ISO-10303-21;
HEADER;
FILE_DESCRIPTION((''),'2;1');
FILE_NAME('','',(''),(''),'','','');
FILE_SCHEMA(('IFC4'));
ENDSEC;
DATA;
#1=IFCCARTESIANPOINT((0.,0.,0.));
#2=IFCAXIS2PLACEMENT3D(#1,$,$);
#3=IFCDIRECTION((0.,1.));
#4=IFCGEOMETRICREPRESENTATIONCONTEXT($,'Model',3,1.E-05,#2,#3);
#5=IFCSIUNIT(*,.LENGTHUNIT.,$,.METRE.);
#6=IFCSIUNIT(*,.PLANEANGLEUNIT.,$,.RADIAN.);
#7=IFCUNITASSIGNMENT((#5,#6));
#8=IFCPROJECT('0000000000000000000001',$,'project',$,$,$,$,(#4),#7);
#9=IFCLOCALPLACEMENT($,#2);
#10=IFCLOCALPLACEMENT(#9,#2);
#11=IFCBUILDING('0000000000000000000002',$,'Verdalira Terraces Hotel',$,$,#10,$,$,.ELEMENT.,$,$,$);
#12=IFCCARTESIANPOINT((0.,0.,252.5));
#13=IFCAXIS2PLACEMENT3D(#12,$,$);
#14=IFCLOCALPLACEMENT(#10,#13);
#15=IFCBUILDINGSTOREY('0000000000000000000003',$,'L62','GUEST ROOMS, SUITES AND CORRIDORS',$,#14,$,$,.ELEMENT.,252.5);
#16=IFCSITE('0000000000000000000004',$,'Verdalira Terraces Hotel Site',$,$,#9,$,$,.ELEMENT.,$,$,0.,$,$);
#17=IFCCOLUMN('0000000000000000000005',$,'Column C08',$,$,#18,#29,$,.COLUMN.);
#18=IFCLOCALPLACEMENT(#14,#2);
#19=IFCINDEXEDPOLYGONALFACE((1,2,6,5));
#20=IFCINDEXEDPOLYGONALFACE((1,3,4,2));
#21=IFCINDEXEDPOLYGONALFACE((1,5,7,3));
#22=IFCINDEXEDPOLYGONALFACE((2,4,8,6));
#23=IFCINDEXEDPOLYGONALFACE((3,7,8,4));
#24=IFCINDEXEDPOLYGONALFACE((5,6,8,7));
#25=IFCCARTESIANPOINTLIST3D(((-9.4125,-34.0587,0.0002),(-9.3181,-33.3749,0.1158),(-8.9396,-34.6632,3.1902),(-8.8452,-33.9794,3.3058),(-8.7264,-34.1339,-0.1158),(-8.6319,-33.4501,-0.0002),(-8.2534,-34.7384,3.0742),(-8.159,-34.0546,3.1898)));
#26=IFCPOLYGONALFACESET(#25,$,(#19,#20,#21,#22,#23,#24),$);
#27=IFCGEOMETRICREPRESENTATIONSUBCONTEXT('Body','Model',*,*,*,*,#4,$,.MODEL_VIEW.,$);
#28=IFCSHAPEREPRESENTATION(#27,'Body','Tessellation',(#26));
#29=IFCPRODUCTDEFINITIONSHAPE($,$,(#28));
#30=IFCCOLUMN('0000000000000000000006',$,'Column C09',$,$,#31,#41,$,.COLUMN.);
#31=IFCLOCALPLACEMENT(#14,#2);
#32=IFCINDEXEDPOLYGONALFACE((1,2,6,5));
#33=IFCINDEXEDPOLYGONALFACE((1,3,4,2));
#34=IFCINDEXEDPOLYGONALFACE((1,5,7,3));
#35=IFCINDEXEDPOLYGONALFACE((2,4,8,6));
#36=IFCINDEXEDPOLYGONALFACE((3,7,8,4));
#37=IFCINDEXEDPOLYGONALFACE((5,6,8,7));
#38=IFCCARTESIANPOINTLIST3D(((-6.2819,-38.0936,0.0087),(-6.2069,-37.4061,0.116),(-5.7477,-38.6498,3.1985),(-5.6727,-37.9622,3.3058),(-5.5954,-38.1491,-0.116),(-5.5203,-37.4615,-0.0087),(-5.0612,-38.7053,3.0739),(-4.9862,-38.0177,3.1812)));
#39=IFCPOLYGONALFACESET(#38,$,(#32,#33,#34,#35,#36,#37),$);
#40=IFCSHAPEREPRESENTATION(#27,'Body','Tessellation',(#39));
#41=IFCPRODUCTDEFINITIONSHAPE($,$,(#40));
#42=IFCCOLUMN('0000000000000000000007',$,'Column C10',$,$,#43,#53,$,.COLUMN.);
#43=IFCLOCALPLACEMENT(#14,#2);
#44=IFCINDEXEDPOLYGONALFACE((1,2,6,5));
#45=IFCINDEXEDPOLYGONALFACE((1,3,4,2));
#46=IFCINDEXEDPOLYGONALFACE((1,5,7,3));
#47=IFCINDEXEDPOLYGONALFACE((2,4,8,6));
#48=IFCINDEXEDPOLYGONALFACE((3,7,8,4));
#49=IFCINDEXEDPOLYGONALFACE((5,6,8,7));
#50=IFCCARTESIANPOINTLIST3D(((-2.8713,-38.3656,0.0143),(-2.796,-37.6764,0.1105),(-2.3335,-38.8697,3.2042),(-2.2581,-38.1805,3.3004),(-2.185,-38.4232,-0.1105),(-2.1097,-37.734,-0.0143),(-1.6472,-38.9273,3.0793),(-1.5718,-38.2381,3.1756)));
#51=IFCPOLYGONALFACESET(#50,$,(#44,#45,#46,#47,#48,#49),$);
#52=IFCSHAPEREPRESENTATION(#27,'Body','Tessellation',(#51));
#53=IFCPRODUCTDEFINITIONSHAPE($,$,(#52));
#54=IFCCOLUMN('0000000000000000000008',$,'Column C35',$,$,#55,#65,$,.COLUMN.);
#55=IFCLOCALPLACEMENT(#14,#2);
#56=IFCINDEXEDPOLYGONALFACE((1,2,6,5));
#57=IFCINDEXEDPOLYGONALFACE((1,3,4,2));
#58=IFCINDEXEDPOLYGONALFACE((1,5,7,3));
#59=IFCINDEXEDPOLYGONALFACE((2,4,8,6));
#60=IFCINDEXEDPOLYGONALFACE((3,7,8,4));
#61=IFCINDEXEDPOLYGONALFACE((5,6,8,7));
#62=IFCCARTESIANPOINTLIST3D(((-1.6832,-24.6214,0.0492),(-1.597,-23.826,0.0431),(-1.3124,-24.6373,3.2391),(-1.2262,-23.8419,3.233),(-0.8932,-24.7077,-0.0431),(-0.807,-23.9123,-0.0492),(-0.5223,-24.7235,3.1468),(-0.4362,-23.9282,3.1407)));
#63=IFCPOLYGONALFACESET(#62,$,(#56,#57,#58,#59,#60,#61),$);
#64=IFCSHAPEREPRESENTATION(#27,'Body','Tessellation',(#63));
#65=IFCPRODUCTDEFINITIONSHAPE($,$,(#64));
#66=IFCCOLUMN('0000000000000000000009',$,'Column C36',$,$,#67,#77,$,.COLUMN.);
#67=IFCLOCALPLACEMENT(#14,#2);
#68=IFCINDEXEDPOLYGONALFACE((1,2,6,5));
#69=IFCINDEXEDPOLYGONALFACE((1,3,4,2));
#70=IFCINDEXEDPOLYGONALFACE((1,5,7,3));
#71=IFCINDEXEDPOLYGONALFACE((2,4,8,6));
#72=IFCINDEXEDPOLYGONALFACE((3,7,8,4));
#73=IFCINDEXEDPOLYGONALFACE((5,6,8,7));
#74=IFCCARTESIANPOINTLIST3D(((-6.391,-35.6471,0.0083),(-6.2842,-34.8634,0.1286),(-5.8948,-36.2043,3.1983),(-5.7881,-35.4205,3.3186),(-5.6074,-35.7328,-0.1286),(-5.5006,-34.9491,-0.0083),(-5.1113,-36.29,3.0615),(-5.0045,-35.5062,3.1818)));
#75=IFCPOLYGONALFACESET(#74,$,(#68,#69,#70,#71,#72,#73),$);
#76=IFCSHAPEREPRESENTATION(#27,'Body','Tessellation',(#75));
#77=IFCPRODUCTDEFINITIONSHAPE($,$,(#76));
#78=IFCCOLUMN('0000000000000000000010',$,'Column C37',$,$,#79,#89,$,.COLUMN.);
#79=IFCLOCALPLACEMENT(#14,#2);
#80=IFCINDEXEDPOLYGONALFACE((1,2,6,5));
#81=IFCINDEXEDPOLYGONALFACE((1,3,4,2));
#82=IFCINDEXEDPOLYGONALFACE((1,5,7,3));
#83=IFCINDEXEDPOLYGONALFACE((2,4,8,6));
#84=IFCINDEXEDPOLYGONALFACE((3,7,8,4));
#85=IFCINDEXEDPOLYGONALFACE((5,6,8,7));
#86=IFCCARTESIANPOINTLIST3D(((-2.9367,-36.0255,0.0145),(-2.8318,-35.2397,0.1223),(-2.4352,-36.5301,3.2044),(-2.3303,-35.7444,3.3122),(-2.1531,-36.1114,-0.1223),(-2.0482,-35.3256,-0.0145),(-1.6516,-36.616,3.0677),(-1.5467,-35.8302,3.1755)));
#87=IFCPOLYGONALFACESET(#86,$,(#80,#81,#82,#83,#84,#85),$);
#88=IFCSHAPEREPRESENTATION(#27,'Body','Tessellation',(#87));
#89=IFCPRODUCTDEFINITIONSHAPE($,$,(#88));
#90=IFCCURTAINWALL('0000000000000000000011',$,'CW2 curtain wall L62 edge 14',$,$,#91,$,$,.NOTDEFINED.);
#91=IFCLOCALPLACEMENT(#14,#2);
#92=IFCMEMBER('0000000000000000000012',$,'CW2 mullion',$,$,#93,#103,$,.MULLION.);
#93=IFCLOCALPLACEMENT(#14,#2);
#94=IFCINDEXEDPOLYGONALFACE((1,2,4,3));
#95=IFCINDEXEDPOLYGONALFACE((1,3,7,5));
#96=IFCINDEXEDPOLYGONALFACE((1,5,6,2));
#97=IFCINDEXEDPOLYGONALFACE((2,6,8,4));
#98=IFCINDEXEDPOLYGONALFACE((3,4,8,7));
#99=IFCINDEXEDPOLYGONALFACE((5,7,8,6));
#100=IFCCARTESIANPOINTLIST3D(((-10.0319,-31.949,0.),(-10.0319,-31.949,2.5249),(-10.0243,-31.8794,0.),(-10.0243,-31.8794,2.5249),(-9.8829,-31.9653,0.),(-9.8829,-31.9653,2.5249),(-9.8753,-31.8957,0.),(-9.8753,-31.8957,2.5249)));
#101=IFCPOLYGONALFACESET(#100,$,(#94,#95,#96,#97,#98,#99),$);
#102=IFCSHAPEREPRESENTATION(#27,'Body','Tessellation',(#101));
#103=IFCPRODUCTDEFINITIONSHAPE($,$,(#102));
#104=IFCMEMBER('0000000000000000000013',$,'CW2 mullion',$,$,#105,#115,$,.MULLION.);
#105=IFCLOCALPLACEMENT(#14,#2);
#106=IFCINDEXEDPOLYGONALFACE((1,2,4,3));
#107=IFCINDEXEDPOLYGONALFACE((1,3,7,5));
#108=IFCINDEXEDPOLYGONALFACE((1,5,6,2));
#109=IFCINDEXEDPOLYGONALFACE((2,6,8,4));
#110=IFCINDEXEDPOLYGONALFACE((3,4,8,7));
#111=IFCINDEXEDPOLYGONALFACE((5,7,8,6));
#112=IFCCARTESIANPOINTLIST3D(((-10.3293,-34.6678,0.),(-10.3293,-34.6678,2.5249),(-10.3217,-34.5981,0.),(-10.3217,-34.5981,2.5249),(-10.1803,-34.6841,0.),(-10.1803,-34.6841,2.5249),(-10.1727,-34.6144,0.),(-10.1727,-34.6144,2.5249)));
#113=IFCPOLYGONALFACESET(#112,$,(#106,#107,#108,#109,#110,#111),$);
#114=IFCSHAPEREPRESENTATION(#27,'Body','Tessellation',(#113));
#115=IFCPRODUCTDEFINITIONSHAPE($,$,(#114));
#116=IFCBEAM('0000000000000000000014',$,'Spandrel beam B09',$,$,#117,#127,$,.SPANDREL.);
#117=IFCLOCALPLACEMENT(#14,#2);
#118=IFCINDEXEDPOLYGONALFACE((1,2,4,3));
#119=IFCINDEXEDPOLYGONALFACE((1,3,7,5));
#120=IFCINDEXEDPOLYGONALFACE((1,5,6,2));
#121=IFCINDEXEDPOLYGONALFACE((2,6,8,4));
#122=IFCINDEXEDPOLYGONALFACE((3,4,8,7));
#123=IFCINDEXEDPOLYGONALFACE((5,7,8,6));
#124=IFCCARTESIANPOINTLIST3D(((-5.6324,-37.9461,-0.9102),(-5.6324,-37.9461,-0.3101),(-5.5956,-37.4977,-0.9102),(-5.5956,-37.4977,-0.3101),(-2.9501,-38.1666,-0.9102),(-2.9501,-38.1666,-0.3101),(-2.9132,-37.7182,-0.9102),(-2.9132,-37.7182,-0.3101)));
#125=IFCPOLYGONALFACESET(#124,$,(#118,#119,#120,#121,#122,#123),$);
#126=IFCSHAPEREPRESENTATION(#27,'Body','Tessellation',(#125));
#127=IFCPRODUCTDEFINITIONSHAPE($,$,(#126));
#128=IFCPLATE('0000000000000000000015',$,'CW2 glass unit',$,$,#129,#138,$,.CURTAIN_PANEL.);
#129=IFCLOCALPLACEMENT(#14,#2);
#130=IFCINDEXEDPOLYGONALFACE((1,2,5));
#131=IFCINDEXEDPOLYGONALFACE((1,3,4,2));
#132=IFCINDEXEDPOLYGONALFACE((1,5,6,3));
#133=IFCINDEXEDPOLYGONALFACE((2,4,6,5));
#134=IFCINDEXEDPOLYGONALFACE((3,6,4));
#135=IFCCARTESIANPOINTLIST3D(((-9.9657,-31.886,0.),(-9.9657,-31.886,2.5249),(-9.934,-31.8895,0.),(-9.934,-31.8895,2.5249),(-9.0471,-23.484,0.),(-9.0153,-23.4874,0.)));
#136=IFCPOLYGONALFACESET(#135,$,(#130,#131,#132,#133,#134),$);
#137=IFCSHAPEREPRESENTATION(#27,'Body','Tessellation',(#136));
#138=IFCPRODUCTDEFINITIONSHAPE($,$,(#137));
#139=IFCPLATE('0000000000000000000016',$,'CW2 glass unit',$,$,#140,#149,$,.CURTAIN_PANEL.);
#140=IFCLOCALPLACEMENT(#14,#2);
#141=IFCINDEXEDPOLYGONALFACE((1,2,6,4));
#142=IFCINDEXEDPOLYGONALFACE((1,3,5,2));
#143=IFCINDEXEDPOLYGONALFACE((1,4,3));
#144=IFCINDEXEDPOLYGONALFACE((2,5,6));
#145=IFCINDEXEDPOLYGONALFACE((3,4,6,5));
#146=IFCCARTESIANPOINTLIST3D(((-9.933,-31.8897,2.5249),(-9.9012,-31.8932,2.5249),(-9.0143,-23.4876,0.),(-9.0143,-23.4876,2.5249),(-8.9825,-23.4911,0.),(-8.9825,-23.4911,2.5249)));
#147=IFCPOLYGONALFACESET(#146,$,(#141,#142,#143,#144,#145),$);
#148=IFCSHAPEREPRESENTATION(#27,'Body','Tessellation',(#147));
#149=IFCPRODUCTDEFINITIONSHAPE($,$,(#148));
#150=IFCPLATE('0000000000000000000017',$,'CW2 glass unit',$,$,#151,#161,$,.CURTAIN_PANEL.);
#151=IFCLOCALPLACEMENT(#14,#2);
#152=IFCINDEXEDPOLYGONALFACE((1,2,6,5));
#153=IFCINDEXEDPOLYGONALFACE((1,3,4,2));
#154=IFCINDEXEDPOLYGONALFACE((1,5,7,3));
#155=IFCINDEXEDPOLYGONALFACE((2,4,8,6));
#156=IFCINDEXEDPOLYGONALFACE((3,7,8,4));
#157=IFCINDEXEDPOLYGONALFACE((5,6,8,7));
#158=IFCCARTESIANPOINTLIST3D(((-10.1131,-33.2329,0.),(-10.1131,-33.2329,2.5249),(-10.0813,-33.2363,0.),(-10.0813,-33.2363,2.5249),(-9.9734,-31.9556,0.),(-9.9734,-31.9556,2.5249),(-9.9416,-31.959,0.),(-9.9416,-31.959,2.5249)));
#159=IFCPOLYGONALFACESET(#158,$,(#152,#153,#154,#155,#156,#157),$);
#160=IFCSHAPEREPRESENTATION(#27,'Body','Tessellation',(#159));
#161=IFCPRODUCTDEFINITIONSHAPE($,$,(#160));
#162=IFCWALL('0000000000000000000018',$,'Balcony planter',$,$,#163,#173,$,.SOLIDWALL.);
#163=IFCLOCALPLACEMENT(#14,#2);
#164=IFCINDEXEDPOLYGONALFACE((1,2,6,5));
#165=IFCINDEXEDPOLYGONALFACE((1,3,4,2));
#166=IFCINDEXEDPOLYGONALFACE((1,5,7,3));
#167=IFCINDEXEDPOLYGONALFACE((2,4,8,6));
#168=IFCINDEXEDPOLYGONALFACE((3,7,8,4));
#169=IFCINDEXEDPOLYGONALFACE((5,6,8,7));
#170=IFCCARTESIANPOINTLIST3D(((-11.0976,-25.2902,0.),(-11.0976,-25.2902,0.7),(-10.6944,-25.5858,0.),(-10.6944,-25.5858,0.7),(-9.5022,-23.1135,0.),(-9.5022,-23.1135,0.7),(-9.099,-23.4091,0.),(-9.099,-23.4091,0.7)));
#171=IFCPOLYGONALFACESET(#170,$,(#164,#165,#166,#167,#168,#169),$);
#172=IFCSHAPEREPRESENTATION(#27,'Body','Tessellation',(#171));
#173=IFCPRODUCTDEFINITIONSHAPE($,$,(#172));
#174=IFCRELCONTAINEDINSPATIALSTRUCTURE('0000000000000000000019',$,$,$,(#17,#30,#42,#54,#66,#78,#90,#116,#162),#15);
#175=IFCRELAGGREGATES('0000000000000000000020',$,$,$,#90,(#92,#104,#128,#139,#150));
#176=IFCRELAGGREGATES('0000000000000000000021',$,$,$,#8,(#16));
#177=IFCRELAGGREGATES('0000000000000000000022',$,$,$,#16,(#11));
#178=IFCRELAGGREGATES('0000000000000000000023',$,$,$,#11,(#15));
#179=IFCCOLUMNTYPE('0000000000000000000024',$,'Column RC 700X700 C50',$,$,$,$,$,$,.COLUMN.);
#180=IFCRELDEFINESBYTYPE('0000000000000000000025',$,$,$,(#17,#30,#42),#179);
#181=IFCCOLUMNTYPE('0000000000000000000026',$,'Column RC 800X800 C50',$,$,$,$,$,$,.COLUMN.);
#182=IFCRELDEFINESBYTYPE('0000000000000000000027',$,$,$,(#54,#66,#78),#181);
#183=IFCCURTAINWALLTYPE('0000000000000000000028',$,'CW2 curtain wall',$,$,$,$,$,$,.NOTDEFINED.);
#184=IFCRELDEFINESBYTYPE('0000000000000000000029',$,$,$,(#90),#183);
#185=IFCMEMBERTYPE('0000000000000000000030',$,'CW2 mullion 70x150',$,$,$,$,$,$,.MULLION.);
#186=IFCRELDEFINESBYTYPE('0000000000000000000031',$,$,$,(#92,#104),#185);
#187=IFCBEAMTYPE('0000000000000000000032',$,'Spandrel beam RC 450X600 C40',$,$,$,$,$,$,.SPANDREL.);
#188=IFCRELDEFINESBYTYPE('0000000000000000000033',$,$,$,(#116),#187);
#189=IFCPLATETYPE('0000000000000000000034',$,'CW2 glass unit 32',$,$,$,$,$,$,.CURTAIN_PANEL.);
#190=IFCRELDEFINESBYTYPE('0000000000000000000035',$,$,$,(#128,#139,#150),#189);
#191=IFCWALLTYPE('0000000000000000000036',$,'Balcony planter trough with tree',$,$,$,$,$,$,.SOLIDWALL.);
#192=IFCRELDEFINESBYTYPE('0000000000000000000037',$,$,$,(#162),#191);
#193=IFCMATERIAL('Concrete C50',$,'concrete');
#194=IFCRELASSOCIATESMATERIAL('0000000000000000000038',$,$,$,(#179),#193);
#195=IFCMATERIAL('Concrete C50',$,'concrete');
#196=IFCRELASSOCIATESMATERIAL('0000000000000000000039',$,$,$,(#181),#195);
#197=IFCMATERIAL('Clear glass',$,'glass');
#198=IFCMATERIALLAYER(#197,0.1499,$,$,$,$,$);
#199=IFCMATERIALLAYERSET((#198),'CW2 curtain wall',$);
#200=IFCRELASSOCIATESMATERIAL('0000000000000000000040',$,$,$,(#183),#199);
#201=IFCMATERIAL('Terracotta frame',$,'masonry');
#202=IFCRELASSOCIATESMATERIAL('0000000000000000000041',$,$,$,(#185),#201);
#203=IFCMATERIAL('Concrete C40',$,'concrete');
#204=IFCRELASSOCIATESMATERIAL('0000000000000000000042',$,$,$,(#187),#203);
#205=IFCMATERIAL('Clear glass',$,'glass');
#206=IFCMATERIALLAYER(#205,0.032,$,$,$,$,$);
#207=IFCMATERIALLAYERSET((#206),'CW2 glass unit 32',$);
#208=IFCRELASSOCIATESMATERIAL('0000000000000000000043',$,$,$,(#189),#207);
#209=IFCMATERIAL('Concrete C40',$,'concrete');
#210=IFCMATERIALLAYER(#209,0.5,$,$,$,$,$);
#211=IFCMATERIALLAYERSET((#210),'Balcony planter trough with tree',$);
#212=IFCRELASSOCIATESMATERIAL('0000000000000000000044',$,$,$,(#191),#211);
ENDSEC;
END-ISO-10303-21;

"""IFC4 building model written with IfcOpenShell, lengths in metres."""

from ifc_helpers import new_model, si_unit, direction, frame, frame_2d, origin, origin_2d, place, context, subcontext, project, spatial, polyline, rectangle, outline, extrude, material, layer, layer_set, material_profile, profile_set, type_object, element, aggregate, save


model = new_model("IFC4")

# Units and contexts
model_context = context("Model", 3, precision=1e-05, world=origin(), true_north=direction((0.0, 1.0)))
body_context = subcontext(model_context, "Body", "Model", "MODEL_VIEW")
ifc_project = project(units=[si_unit("LENGTHUNIT", "METRE"), si_unit("PLANEANGLEUNIT", "RADIAN")], contexts=[model_context])

# Site, building, storey
site_placement = place(None, origin())
site = spatial("IfcSite", under=ifc_project, at=site_placement, Name="Verdalira Terraces Hotel Site", CompositionType="ELEMENT", RefElevation=0.0)
building_placement = place(site_placement, origin())
building = spatial("IfcBuilding", under=site, at=building_placement, Name="Verdalira Terraces Hotel", CompositionType="ELEMENT")
storey_placement = place(building_placement, frame((0.0, 0.0, 252.5)))
storey = spatial("IfcBuildingStorey", under=building, at=storey_placement, Name="L62", Description="GUEST ROOMS, SUITES AND CORRIDORS", CompositionType="ELEMENT", Elevation=252.5)

# Columns
ifc_material_1 = material(Name="Concrete C50", Category="concrete")
ifc_material_profile_1 = material_profile(ifc_material_1, rectangle(XDim=0.7, YDim=0.7, at=origin_2d()), Name="RC 700X700")
ifc_profile_set_1 = profile_set([ifc_material_profile_1], Name="Concrete C50")
column_type_1 = type_object("IfcColumnType", Name="Column RC 700X700 C50", PredefinedType="COLUMN", material=ifc_profile_set_1)
column_1_placement = place(storey_placement, frame((-9.0222, -33.7544, 0.0), z_axis=(0.144134, -0.184242, 0.972255), x_axis=(-0.134937, -0.976996, -0.165136)))
element("IfcColumn", 1, at=column_1_placement, inside=storey, type_object=column_type_1, Name="Column C08", PredefinedType="COLUMN", context=body_context, shape_type="SweptSolid", body=[
    extrude(rectangle(XDim=0.7, YDim=0.7, at=origin_2d()), origin(), (0.0, 0.0, 1.0), 3.281),
])
column_2_placement = place(storey_placement, frame((-5.9011, -37.7776, 0.0), z_axis=(0.162769, -0.169464, 0.972002), x_axis=(0.980821, -0.079268, -0.178066)))
element("IfcColumn", 2, at=column_2_placement, inside=storey, type_object=column_type_1, Name="Column C09", PredefinedType="COLUMN", context=body_context, shape_type="SweptSolid", body=[
    extrude(rectangle(XDim=0.7, YDim=0.7, at=origin_2d()), origin(), (0.0, 0.0, 1.0), 3.2817),
])
column_3_placement = place(storey_placement, frame((-2.4905, -38.0498, 0.0), z_axis=(0.164276, -0.153985, 0.974321), x_axis=(0.980524, -0.082288, -0.178327)))
element("IfcColumn", 3, at=column_3_placement, inside=storey, type_object=column_type_1, Name="Column C10", PredefinedType="COLUMN", context=body_context, shape_type="SweptSolid", body=[
    extrude(rectangle(XDim=0.7, YDim=0.7, at=origin_2d()), origin(), (0.0, 0.0, 1.0), 3.2739),
])
ifc_material_2 = material(Name="Concrete C50", Category="concrete")
ifc_material_profile_2 = material_profile(ifc_material_2, rectangle(XDim=0.8, YDim=0.8, at=origin_2d()), Name="RC 800X800")
ifc_profile_set_2 = profile_set([ifc_material_profile_2], Name="Concrete C50")
column_type_2 = type_object("IfcColumnType", Name="Column RC 800X800 C50", PredefinedType="COLUMN", material=ifc_profile_set_2)
column_4_placement = place(storey_placement, frame((-1.2451, -24.2668, 0.0), z_axis=(0.115477, -0.004941, 0.993298), x_axis=(-0.107699, -0.994155, 0.007575)))
element("IfcColumn", 4, at=column_4_placement, inside=storey, type_object=column_type_2, Name="Column C35", PredefinedType="COLUMN", context=body_context, shape_type="SweptSolid", body=[
    extrude(rectangle(XDim=0.8, YDim=0.8, at=origin_2d()), origin(), (0.0, 0.0, 1.0), 3.2114),
])
column_5_placement = place(storey_placement, frame((-5.9458, -35.2981, 0.0), z_axis=(0.151432, -0.170063, 0.973728), x_axis=(-0.133386, -0.979594, -0.150344)))
element("IfcColumn", 5, at=column_5_placement, inside=storey, type_object=column_type_2, Name="Column C36", PredefinedType="COLUMN", context=body_context, shape_type="SweptSolid", body=[
    extrude(rectangle(XDim=0.8, YDim=0.8, at=origin_2d()), origin(), (0.0, 0.0, 1.0), 3.2761),
])
column_6_placement = place(storey_placement, frame((-2.4924, -35.6755, 0.0), z_axis=(0.153432, -0.154404, 0.976022), x_axis=(-0.131152, -0.982161, -0.134757)))
element("IfcColumn", 6, at=column_6_placement, inside=storey, type_object=column_type_2, Name="Column C37", PredefinedType="COLUMN", context=body_context, shape_type="SweptSolid", body=[
    extrude(rectangle(XDim=0.8, YDim=0.8, at=origin_2d()), origin(), (0.0, 0.0, 1.0), 3.2683),
])

# Curtain wall, members
ifc_material_3 = material(Name="Clear glass", Category="glass")
ifc_layer_1 = layer(ifc_material_3, 0.1499)
ifc_layer_set_1 = layer_set([ifc_layer_1], Name="CW2 curtain wall")
curtain_wall_type = type_object("IfcCurtainWallType", Name="CW2 curtain wall", PredefinedType="NOTDEFINED", material=ifc_layer_set_1)
curtain_wall_placement = place(storey_placement, origin())
curtain_wall = element("IfcCurtainWall", 7, at=curtain_wall_placement, inside=storey, type_object=curtain_wall_type, Name="CW2 curtain wall L62 edge 14", PredefinedType="NOTDEFINED")
ifc_material_4 = material(Name="Terracotta frame", Category="masonry")
ifc_material_profile_3 = material_profile(ifc_material_4, rectangle(XDim=0.0701, YDim=0.1499, at=origin_2d()), Name="MU 70x150")
ifc_profile_set_3 = profile_set([ifc_material_profile_3], Name="Terracotta frame")
member_type = type_object("IfcMemberType", Name="CW2 mullion 70x150", PredefinedType="MULLION", material=ifc_profile_set_3)
member_1_placement = place(storey_placement, frame((-9.9536, -31.9224, 0.0), z_axis=(0.0, 0.0, 1.0), x_axis=(-0.108693, -0.994075, 0.0)))
member_1 = element("IfcMember", 8, at=member_1_placement, type_object=member_type, Name="CW2 mullion", PredefinedType="MULLION", context=body_context, shape_type="SweptSolid", body=[
    extrude(rectangle(XDim=0.0701, YDim=0.1499, at=origin_2d()), origin(), (0.0, 0.0, 1.0), 2.5249),
])
member_2_placement = place(storey_placement, frame((-10.251, -34.6411, 0.0), z_axis=(0.0, 0.0, 1.0), x_axis=(-0.108693, -0.994075, 0.0)))
member_2 = element("IfcMember", 9, at=member_2_placement, type_object=member_type, Name="CW2 mullion", PredefinedType="MULLION", context=body_context, shape_type="SweptSolid", body=[
    extrude(rectangle(XDim=0.0701, YDim=0.1499, at=origin_2d()), origin(), (0.0, 0.0, 1.0), 2.5249),
])

# Beam
ifc_material_5 = material(Name="Concrete C40", Category="concrete")
ifc_material_profile_4 = material_profile(ifc_material_5, rectangle(XDim=0.45, YDim=0.6001, at=origin_2d()), Name="RC 450X600")
ifc_profile_set_4 = profile_set([ifc_material_profile_4], Name="Concrete C40")
beam_type = type_object("IfcBeamType", Name="Spandrel beam RC 450X600 C40", PredefinedType="SPANDREL", material=ifc_profile_set_4)
beam_placement = place(storey_placement, frame((-5.614, -37.7219, -0.6101), z_axis=(0.99664, -0.081912, 0.0), x_axis=(0.081912, 0.99664, 0.0)))
element("IfcBeam", 10, at=beam_placement, inside=storey, type_object=beam_type, Name="Spandrel beam B09", PredefinedType="SPANDREL", context=body_context, shape_type="SweptSolid", body=[
    extrude(rectangle(XDim=0.45, YDim=0.6001, at=origin_2d()), origin(), (0.0, 0.0, 1.0), 2.6914),
])

# Plates
ifc_material_6 = material(Name="Clear glass", Category="glass")
ifc_layer_2 = layer(ifc_material_6, 0.032)
ifc_layer_set_2 = layer_set([ifc_layer_2], Name="CW2 glass unit 32")
plate_type = type_object("IfcPlateType", Name="CW2 glass unit 32", PredefinedType="CURTAIN_PANEL", material=ifc_layer_set_2)
plate_1_placement = place(storey_placement, frame((-9.4746, -27.6885, 1.2625), z_axis=(-0.994075, 0.108693, 0.0), x_axis=(-0.108693, -0.994075, 0.0)))
plate_1 = element("IfcPlate", 11, at=plate_1_placement, type_object=plate_type, Name="CW2 glass unit", PredefinedType="CURTAIN_PANEL", context=body_context, shape_type="SweptSolid", body=[
    extrude(outline(polyline([(-4.2261, -1.2625), (4.2261, -1.2625), (4.2261, 1.2625), (-4.2261, -1.2625)])), origin(), (0.0, 0.0, 1.0), 0.032),
])
plate_2_placement = place(storey_placement, frame((-9.4419, -27.6921, 1.2625), z_axis=(-0.994075, 0.108693, 0.0), x_axis=(-0.108693, -0.994075, 0.0)))
plate_2 = element("IfcPlate", 12, at=plate_2_placement, type_object=plate_type, Name="CW2 glass unit", PredefinedType="CURTAIN_PANEL", context=body_context, shape_type="SweptSolid", body=[
    extrude(outline(polyline([(-4.2261, -1.2625), (4.2261, 1.2625), (-4.2261, 1.2625), (-4.2261, -1.2625)])), origin(), (0.0, 0.0, 1.0), 0.032),
])
plate_3_placement = place(storey_placement, frame((-10.0273, -32.5959, 0.0), z_axis=(0.0, 0.0, 1.0), x_axis=(-0.108693, -0.994075, 0.0)))
plate_3 = element("IfcPlate", 13, at=plate_3_placement, type_object=plate_type, Name="CW2 glass unit", PredefinedType="CURTAIN_PANEL", context=body_context, shape_type="SweptSolid", body=[
    extrude(rectangle(XDim=1.2849, YDim=0.032, at=origin_2d()), origin(), (0.0, 0.0, 1.0), 2.5249),
])
aggregate(curtain_wall, [member_1, member_2, plate_1, plate_2, plate_3])

# Wall
ifc_material_7 = material(Name="Concrete C40", Category="concrete")
ifc_layer_3 = layer(ifc_material_7, 0.5)
ifc_layer_set_3 = layer_set([ifc_layer_3], Name="Balcony planter trough with tree")
wall_type_1 = type_object("IfcWallType", Name="Balcony planter trough with tree", PredefinedType="SOLIDWALL", material=ifc_layer_set_3)
wall_1_placement = place(storey_placement, frame((-10.896, -25.438, 0.0), z_axis=(0.0, 0.0, 1.0), x_axis=(0.591164, 0.806552, 0.0)))
element("IfcWall", 14, at=wall_1_placement, inside=storey, type_object=wall_type_1, Name="Balcony planter", PredefinedType="SOLIDWALL", context=body_context, shape_type="SweptSolid", body=[
    extrude(rectangle(XDim=2.6987, YDim=0.5, at=frame_2d((1.3494, 0.0))), origin(), (0.0, 0.0, 1.0), 0.7),
])

save(model, "model.ifc")
